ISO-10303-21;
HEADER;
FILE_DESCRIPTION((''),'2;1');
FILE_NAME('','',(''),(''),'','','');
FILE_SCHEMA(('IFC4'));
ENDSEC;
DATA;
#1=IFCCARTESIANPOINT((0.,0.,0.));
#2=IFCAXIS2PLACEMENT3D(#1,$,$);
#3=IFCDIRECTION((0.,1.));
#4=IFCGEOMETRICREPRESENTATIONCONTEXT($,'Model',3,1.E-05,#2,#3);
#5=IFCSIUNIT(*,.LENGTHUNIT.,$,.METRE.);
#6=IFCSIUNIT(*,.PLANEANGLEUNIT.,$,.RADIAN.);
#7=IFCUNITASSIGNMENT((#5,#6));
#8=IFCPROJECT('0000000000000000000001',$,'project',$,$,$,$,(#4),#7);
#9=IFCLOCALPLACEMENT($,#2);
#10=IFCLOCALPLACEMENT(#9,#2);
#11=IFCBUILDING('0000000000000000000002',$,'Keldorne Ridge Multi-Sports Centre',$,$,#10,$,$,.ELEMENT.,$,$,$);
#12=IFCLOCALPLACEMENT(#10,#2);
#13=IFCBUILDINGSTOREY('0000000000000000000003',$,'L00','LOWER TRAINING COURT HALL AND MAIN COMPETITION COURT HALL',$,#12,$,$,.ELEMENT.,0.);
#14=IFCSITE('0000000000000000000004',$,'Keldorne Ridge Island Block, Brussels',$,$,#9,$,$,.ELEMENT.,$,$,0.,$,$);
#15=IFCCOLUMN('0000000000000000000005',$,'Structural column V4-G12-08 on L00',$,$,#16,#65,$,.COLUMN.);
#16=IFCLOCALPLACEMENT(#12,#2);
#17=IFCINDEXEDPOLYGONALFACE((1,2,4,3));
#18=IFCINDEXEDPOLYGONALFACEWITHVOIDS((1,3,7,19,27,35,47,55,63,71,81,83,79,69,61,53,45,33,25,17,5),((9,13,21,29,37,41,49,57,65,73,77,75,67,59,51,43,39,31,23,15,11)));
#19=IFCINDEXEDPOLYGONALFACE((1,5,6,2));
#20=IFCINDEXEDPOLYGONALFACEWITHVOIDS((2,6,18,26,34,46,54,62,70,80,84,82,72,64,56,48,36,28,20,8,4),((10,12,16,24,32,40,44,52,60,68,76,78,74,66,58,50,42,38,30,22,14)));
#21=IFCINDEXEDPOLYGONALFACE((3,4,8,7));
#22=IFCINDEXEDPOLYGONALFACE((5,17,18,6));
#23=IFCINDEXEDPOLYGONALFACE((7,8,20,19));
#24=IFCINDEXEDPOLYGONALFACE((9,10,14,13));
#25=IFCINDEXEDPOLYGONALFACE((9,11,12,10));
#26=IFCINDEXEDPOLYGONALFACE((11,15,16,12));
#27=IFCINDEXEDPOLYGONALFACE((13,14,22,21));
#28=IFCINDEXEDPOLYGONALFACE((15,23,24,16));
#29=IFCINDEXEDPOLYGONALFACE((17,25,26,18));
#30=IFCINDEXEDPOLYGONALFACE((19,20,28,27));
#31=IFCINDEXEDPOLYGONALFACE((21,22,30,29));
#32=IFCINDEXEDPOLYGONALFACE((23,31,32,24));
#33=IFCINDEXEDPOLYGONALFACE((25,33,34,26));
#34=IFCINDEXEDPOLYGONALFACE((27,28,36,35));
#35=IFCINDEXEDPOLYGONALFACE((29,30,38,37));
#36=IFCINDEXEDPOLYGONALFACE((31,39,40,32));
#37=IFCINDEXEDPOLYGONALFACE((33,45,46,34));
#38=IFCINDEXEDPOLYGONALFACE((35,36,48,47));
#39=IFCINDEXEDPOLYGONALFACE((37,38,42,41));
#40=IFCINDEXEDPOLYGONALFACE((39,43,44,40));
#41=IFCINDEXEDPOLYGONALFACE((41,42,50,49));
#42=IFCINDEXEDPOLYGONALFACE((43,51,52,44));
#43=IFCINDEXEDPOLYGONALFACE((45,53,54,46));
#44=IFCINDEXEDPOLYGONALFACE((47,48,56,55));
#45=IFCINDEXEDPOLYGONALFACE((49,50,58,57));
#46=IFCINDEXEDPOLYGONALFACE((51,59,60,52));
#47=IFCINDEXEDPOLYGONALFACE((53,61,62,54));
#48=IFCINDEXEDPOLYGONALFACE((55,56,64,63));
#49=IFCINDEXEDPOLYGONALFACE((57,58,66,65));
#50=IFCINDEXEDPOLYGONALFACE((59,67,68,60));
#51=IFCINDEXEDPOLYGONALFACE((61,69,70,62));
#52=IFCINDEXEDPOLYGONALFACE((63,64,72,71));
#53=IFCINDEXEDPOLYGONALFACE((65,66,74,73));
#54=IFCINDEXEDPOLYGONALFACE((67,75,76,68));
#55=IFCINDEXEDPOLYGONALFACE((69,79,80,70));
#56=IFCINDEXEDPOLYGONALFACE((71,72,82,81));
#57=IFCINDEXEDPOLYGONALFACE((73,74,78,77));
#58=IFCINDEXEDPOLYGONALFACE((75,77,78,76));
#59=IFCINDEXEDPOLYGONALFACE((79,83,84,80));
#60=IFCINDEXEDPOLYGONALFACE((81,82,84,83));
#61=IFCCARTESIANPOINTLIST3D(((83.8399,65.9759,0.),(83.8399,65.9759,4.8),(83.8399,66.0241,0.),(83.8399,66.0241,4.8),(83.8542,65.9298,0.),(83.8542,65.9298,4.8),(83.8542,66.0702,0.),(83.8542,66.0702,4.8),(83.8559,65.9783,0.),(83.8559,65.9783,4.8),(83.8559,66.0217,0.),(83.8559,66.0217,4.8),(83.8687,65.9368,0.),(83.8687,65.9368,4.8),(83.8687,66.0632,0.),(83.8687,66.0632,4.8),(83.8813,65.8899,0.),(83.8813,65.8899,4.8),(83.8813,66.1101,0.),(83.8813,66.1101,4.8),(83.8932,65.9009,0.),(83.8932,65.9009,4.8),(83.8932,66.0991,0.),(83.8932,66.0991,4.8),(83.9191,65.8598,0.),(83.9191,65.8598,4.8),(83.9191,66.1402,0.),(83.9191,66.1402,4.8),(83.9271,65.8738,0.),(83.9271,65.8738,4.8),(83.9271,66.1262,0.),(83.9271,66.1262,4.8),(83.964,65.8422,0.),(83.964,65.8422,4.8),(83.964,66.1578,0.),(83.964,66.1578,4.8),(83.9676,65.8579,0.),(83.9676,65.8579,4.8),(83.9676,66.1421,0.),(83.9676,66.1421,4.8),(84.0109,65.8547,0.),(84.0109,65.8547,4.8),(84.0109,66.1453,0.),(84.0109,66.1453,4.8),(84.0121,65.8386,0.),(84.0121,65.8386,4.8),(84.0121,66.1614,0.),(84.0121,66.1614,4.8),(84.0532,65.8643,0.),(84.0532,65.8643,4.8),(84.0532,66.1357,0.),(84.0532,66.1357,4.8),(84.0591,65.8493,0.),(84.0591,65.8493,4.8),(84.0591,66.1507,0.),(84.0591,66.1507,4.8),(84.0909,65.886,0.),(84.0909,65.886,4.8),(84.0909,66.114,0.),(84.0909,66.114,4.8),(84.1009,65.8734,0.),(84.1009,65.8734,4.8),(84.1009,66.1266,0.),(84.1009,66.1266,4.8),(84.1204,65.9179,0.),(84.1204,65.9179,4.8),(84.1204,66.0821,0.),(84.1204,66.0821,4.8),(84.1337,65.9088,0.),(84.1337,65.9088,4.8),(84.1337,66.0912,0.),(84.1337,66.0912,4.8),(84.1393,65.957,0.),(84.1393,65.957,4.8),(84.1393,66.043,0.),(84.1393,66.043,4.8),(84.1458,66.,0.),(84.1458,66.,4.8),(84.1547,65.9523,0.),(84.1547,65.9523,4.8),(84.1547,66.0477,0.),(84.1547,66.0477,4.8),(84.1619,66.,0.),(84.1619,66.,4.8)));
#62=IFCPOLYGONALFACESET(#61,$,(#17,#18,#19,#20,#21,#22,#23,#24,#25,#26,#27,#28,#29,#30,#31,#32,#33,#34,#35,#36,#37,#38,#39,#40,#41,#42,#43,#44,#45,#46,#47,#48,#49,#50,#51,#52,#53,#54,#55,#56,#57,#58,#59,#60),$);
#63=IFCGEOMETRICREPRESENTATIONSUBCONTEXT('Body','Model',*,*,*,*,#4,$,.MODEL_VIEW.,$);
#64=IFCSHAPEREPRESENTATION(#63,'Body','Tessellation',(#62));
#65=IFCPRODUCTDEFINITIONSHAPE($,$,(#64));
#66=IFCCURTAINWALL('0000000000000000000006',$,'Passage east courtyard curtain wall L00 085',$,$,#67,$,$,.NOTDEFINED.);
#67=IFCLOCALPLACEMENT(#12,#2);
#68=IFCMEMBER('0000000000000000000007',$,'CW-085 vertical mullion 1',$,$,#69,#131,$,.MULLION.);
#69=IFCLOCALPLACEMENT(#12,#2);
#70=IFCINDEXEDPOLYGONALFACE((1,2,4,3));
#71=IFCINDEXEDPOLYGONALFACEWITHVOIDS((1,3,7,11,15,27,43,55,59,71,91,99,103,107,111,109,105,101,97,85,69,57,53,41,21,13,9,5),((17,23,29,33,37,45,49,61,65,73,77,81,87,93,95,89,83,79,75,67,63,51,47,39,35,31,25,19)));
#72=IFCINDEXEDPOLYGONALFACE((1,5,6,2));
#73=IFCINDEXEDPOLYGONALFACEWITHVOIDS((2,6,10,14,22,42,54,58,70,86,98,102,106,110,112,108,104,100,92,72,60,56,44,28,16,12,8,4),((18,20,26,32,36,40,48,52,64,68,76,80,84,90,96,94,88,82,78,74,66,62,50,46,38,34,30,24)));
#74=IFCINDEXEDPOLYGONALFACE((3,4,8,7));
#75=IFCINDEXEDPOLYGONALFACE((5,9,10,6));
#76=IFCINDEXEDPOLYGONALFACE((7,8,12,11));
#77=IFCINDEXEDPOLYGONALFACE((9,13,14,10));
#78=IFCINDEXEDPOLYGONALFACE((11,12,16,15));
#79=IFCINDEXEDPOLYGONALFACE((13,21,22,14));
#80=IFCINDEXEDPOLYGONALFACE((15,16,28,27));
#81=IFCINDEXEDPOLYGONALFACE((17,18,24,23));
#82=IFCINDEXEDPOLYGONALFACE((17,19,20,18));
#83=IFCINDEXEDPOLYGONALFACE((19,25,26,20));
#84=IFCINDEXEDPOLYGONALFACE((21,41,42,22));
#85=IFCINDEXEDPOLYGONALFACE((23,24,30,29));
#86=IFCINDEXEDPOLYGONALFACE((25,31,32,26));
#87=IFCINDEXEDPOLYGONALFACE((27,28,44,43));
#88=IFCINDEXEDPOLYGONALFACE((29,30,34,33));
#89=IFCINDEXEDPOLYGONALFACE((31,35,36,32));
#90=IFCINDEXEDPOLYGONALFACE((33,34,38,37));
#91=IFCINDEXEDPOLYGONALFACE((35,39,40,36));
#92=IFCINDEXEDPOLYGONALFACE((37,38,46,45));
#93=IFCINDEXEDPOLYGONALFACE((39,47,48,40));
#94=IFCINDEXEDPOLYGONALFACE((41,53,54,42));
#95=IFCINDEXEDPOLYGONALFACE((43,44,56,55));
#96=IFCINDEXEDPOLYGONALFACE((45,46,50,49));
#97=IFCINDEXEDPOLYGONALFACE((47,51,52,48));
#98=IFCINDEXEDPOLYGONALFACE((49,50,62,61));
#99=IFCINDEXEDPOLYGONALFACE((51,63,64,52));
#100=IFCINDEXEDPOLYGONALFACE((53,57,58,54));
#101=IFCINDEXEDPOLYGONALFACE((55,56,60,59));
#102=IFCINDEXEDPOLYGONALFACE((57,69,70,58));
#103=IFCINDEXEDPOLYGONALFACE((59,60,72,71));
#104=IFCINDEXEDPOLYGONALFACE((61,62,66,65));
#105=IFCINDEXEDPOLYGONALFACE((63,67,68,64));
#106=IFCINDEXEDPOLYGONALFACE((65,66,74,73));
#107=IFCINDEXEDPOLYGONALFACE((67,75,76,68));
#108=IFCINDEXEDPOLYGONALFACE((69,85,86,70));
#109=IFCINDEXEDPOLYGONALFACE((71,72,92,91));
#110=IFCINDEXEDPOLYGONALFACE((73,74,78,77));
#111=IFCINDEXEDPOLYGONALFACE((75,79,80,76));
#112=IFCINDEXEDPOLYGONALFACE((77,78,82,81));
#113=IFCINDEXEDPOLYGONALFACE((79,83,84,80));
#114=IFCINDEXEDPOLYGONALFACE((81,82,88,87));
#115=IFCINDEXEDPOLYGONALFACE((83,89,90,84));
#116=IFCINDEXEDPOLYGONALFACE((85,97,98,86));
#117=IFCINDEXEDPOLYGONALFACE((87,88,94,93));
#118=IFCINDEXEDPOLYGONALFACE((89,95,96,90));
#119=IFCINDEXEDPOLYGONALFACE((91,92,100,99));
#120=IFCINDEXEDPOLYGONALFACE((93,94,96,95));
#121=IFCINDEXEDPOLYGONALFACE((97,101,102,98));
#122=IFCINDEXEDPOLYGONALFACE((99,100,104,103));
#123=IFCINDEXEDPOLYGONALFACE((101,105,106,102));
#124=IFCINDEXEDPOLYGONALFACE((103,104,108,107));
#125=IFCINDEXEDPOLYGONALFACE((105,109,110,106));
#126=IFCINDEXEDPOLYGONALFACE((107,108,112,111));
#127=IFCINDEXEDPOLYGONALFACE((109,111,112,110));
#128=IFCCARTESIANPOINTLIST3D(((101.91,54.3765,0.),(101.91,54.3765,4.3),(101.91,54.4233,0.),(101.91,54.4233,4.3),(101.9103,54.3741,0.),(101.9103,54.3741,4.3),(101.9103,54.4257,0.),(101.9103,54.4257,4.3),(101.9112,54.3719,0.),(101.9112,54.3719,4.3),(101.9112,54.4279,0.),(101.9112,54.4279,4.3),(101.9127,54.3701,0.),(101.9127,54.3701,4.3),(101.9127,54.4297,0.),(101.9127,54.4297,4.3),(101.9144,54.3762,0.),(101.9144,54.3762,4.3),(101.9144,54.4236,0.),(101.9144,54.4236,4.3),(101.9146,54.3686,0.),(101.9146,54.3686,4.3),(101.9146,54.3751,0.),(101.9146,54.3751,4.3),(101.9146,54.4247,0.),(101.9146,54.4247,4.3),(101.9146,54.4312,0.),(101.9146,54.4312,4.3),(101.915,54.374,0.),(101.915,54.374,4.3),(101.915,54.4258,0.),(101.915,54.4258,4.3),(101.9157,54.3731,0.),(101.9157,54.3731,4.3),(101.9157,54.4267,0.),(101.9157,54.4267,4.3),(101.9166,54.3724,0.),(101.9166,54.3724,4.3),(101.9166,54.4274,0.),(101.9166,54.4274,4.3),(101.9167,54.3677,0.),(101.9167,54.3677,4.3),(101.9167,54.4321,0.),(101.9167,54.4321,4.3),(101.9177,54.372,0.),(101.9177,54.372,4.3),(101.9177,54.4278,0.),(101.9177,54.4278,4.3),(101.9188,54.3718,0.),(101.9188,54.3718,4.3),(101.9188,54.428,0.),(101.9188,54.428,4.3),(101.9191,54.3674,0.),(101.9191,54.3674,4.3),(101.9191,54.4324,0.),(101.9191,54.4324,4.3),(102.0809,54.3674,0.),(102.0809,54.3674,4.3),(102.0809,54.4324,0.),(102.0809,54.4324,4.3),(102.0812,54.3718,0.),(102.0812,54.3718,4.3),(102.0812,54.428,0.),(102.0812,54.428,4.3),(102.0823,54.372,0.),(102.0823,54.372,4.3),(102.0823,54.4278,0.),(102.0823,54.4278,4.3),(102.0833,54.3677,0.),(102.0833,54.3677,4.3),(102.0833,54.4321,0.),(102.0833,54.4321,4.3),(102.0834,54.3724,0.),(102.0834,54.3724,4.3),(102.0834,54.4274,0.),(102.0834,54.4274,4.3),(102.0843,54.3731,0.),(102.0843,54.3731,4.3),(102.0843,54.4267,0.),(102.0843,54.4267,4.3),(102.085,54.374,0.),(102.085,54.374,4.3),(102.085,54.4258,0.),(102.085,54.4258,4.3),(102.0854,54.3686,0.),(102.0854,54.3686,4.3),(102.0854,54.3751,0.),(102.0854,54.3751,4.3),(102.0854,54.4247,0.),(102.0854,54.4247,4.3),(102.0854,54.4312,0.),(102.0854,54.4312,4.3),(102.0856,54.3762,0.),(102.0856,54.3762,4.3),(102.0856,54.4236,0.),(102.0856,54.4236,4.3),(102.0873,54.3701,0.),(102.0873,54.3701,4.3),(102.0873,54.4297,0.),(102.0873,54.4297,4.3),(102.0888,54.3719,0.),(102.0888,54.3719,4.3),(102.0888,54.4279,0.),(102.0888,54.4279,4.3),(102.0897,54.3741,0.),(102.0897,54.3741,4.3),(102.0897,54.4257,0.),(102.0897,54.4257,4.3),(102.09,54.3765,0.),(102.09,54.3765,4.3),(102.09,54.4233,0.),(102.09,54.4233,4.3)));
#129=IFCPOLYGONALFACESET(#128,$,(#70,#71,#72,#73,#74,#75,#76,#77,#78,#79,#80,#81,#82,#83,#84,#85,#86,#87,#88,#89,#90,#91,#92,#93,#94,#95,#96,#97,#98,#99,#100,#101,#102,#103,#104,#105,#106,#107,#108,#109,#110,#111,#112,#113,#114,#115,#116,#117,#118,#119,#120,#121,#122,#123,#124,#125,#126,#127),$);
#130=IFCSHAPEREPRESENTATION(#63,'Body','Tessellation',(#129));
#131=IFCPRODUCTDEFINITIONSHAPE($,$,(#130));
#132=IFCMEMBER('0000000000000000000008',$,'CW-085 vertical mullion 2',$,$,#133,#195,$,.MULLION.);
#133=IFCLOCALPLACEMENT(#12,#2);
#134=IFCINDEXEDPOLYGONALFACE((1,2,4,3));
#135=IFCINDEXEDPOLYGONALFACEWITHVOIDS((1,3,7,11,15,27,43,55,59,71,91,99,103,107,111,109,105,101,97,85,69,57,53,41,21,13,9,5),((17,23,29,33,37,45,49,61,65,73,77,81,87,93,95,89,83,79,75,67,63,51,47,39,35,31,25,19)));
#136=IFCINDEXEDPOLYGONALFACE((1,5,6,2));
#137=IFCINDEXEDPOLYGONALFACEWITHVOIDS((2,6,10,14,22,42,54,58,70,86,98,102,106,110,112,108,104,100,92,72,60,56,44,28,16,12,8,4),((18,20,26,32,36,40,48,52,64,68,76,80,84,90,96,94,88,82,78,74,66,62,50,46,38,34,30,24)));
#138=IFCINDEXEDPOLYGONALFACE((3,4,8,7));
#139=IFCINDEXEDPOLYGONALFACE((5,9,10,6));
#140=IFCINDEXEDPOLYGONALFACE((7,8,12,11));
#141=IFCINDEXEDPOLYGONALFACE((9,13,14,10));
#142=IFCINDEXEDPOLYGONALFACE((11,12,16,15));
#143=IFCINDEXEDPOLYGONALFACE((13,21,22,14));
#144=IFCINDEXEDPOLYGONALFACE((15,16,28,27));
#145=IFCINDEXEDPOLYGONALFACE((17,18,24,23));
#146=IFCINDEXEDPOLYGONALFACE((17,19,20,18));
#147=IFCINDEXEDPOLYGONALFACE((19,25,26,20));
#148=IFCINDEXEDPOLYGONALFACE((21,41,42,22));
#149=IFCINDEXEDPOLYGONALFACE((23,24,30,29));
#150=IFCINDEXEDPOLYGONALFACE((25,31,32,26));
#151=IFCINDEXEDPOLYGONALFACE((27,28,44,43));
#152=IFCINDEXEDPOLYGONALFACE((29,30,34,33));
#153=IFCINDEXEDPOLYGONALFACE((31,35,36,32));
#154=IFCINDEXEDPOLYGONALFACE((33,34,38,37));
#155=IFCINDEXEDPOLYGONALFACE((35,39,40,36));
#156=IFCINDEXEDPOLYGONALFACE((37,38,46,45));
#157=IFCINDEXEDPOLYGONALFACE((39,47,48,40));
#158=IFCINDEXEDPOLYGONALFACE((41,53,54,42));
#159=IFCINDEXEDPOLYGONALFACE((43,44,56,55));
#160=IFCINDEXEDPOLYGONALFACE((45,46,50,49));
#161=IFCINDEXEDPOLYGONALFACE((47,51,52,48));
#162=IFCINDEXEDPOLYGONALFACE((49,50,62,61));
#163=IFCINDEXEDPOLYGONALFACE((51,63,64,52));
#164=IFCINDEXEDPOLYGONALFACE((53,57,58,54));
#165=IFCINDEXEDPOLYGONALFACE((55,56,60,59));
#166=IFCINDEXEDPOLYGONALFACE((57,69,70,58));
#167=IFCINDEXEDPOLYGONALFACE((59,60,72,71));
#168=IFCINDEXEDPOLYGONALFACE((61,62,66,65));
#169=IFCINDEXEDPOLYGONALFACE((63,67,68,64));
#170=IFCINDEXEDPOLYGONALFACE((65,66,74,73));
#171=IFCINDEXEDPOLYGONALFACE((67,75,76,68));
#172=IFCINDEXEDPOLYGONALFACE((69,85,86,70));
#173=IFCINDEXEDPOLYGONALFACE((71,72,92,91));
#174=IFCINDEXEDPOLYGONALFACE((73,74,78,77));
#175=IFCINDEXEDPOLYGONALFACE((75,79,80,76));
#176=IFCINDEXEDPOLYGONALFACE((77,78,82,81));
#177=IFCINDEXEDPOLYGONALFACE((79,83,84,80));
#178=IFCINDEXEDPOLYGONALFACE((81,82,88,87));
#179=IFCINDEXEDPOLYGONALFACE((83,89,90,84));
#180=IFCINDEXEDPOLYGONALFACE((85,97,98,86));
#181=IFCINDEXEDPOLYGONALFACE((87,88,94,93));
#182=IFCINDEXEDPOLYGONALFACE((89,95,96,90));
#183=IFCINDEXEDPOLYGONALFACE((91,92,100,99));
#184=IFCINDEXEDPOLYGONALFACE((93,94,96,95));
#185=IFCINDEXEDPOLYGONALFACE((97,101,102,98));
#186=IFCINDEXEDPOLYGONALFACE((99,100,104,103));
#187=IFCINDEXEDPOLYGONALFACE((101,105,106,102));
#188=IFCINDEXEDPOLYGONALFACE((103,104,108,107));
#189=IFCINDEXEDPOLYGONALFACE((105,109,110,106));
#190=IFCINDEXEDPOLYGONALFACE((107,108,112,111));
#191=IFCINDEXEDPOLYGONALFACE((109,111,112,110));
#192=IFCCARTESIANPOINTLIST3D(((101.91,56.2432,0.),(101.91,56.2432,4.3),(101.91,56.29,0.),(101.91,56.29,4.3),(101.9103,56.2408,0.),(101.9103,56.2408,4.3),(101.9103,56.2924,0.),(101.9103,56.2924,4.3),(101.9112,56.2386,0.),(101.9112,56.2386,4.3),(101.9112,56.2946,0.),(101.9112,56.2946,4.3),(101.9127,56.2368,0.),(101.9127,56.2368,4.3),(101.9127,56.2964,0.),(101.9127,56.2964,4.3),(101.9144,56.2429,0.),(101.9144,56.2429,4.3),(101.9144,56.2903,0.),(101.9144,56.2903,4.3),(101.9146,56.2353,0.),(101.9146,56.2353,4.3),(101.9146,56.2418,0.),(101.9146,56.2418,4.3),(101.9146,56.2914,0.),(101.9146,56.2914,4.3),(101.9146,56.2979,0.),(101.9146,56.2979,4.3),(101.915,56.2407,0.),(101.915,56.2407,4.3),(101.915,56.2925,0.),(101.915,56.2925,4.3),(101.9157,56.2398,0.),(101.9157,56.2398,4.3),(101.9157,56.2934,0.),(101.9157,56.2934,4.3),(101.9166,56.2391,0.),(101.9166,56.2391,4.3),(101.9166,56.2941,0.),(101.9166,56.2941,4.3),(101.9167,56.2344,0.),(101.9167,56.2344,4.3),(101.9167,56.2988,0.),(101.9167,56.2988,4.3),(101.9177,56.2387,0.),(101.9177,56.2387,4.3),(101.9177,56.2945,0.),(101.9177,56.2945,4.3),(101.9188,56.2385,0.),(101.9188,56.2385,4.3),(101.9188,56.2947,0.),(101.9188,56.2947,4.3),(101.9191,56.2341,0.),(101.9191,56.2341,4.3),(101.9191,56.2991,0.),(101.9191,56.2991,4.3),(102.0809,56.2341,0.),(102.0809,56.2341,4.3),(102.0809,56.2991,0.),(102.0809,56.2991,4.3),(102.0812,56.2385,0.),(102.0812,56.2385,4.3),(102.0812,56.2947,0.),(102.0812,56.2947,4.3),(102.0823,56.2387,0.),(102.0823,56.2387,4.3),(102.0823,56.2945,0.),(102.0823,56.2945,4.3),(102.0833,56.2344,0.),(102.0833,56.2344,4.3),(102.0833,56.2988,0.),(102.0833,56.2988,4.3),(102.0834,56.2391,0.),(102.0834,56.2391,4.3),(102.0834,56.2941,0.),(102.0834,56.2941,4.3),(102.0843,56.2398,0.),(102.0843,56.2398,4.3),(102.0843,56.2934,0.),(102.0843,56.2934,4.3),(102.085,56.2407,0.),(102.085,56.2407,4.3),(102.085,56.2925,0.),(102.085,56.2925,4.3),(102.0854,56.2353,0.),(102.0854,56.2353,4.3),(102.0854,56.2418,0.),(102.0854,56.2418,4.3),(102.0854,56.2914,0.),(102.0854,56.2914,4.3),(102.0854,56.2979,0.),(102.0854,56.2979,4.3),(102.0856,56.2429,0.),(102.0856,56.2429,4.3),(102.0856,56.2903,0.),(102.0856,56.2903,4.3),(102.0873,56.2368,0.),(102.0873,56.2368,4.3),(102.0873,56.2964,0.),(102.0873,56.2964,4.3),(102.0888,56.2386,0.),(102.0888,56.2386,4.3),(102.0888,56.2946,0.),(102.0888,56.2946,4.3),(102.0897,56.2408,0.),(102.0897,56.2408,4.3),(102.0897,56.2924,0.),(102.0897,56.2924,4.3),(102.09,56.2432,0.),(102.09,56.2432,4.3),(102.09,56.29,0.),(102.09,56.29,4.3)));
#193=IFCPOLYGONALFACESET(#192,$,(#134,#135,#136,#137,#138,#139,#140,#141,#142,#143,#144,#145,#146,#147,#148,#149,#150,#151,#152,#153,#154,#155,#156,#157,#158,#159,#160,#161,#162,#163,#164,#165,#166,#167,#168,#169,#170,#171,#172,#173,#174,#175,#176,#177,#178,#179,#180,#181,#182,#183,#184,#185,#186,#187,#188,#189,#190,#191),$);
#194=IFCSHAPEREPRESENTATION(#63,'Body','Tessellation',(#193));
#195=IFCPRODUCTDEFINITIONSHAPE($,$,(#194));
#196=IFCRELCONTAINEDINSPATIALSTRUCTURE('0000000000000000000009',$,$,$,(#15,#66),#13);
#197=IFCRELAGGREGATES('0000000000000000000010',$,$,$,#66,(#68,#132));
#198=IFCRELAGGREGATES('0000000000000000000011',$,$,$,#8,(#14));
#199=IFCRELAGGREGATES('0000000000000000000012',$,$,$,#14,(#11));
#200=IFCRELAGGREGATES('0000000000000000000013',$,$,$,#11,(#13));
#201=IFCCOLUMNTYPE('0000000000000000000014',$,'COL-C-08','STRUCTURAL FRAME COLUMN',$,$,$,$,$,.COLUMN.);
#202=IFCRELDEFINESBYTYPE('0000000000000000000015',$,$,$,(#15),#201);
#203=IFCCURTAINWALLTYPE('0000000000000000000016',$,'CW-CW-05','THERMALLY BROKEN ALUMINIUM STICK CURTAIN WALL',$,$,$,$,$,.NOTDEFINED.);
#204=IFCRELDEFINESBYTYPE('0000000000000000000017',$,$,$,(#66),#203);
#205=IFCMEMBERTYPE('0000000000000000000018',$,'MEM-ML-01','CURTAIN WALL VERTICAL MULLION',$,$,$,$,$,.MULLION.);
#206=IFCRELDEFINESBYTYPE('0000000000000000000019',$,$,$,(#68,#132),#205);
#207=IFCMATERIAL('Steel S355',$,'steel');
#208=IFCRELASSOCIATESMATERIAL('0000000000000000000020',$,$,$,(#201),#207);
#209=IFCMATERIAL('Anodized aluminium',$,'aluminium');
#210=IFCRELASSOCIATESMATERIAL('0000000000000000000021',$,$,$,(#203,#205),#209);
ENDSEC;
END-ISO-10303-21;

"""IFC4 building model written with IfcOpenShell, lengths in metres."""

from ifc_helpers import new_model, si_unit, direction, frame, origin, origin_2d, place, context, subcontext, project, spatial, hollow_rectangle, hollow_circle, extrude, material, material_profile, profile_set, type_object, element, aggregate, save


model = new_model("IFC4")

# Units and contexts
model_context = context("Model", 3, precision=1e-05, world=origin(), true_north=direction((0.0, 1.0)))
body_context = subcontext(model_context, "Body", "Model", "MODEL_VIEW")
ifc_project = project(units=[si_unit("LENGTHUNIT", "METRE"), si_unit("PLANEANGLEUNIT", "RADIAN")], contexts=[model_context])

# Site, building, storey
site_placement = place(None, origin())
site = spatial("IfcSite", under=ifc_project, at=site_placement, Name="Keldorne Ridge Island Block, Brussels", CompositionType="ELEMENT", RefElevation=0.0)
building_placement = place(site_placement, origin())
building = spatial("IfcBuilding", under=site, at=building_placement, Name="Keldorne Ridge Multi-Sports Centre", CompositionType="ELEMENT")
storey_placement = place(building_placement, origin())
storey = spatial("IfcBuildingStorey", under=building, at=storey_placement, Name="L00", Description="LOWER TRAINING COURT HALL AND MAIN COMPETITION COURT HALL", CompositionType="ELEMENT", Elevation=0.0)

# Column
ifc_material_1 = material(Name="Steel S355", Category="steel")
ifc_material_profile_1 = material_profile(ifc_material_1, hollow_circle(Radius=0.1619, WallThickness=0.0161, at=origin_2d()), Name="CHS 323.9x16")
ifc_profile_set_1 = profile_set([ifc_material_profile_1], Name="Steel S355")
column_type = type_object("IfcColumnType", Name="COL-C-08", Description="STRUCTURAL FRAME COLUMN", PredefinedType="COLUMN", material=ifc_profile_set_1)
column_placement = place(storey_placement, frame((84.0, 66.0, 0.0), z_axis=(0.0, 0.0, 1.0), x_axis=(1.0, 0.0, 0.0)))
element("IfcColumn", 1, at=column_placement, inside=storey, type_object=column_type, Name="Structural column V4-G12-08 on L00", PredefinedType="COLUMN", context=body_context, shape_type="SweptSolid", body=[
    extrude(hollow_circle(Radius=0.1619, WallThickness=0.0161, at=origin_2d()), origin(), (0.0, 0.0, 1.0), 4.8),
])

# Curtain wall, members
ifc_material_2 = material(Name="Anodized aluminium", Category="aluminium")
curtain_wall_type = type_object("IfcCurtainWallType", Name="CW-CW-05", Description="THERMALLY BROKEN ALUMINIUM STICK CURTAIN WALL", PredefinedType="NOTDEFINED", material=ifc_material_2)
curtain_wall_placement = place(storey_placement, origin())
curtain_wall = element("IfcCurtainWall", 2, at=curtain_wall_placement, inside=storey, type_object=curtain_wall_type, Name="Passage east courtyard curtain wall L00 085", PredefinedType="NOTDEFINED")
ifc_material_profile_2 = material_profile(ifc_material_2, hollow_rectangle(XDim=0.0649, YDim=0.1799, WallThickness=0.0044, InnerFilletRadius=0.0044, OuterFilletRadius=0.009, at=origin_2d()), Name="ALU MULLION 180x65x4.5")
ifc_profile_set_2 = profile_set([ifc_material_profile_2], Name="Anodized aluminium")
member_type_1 = type_object("IfcMemberType", Name="MEM-ML-01", Description="CURTAIN WALL VERTICAL MULLION", PredefinedType="MULLION", material=ifc_profile_set_2)
member_1_placement = place(storey_placement, frame((102.0, 54.3999, 0.0), z_axis=(0.0, 0.0, 1.0), x_axis=(0.0, 1.0, 0.0)))
member_1 = element("IfcMember", 3, at=member_1_placement, type_object=member_type_1, Name="CW-085 vertical mullion 1", PredefinedType="MULLION", context=body_context, shape_type="SweptSolid", body=[
    extrude(hollow_rectangle(XDim=0.0649, YDim=0.1799, WallThickness=0.0044, InnerFilletRadius=0.0044, OuterFilletRadius=0.009, at=origin_2d()), origin(), (0.0, 0.0, 1.0), 4.3),
])
member_2_placement = place(storey_placement, frame((102.0, 56.2666, 0.0), z_axis=(0.0, 0.0, 1.0), x_axis=(0.0, 1.0, 0.0)))
member_2 = element("IfcMember", 4, at=member_2_placement, type_object=member_type_1, Name="CW-085 vertical mullion 2", PredefinedType="MULLION", context=body_context, shape_type="SweptSolid", body=[
    extrude(hollow_rectangle(XDim=0.0649, YDim=0.1799, WallThickness=0.0044, InnerFilletRadius=0.0044, OuterFilletRadius=0.009, at=origin_2d()), origin(), (0.0, 0.0, 1.0), 4.3),
])
aggregate(curtain_wall, [member_1, member_2])

save(model, "model.ifc")
